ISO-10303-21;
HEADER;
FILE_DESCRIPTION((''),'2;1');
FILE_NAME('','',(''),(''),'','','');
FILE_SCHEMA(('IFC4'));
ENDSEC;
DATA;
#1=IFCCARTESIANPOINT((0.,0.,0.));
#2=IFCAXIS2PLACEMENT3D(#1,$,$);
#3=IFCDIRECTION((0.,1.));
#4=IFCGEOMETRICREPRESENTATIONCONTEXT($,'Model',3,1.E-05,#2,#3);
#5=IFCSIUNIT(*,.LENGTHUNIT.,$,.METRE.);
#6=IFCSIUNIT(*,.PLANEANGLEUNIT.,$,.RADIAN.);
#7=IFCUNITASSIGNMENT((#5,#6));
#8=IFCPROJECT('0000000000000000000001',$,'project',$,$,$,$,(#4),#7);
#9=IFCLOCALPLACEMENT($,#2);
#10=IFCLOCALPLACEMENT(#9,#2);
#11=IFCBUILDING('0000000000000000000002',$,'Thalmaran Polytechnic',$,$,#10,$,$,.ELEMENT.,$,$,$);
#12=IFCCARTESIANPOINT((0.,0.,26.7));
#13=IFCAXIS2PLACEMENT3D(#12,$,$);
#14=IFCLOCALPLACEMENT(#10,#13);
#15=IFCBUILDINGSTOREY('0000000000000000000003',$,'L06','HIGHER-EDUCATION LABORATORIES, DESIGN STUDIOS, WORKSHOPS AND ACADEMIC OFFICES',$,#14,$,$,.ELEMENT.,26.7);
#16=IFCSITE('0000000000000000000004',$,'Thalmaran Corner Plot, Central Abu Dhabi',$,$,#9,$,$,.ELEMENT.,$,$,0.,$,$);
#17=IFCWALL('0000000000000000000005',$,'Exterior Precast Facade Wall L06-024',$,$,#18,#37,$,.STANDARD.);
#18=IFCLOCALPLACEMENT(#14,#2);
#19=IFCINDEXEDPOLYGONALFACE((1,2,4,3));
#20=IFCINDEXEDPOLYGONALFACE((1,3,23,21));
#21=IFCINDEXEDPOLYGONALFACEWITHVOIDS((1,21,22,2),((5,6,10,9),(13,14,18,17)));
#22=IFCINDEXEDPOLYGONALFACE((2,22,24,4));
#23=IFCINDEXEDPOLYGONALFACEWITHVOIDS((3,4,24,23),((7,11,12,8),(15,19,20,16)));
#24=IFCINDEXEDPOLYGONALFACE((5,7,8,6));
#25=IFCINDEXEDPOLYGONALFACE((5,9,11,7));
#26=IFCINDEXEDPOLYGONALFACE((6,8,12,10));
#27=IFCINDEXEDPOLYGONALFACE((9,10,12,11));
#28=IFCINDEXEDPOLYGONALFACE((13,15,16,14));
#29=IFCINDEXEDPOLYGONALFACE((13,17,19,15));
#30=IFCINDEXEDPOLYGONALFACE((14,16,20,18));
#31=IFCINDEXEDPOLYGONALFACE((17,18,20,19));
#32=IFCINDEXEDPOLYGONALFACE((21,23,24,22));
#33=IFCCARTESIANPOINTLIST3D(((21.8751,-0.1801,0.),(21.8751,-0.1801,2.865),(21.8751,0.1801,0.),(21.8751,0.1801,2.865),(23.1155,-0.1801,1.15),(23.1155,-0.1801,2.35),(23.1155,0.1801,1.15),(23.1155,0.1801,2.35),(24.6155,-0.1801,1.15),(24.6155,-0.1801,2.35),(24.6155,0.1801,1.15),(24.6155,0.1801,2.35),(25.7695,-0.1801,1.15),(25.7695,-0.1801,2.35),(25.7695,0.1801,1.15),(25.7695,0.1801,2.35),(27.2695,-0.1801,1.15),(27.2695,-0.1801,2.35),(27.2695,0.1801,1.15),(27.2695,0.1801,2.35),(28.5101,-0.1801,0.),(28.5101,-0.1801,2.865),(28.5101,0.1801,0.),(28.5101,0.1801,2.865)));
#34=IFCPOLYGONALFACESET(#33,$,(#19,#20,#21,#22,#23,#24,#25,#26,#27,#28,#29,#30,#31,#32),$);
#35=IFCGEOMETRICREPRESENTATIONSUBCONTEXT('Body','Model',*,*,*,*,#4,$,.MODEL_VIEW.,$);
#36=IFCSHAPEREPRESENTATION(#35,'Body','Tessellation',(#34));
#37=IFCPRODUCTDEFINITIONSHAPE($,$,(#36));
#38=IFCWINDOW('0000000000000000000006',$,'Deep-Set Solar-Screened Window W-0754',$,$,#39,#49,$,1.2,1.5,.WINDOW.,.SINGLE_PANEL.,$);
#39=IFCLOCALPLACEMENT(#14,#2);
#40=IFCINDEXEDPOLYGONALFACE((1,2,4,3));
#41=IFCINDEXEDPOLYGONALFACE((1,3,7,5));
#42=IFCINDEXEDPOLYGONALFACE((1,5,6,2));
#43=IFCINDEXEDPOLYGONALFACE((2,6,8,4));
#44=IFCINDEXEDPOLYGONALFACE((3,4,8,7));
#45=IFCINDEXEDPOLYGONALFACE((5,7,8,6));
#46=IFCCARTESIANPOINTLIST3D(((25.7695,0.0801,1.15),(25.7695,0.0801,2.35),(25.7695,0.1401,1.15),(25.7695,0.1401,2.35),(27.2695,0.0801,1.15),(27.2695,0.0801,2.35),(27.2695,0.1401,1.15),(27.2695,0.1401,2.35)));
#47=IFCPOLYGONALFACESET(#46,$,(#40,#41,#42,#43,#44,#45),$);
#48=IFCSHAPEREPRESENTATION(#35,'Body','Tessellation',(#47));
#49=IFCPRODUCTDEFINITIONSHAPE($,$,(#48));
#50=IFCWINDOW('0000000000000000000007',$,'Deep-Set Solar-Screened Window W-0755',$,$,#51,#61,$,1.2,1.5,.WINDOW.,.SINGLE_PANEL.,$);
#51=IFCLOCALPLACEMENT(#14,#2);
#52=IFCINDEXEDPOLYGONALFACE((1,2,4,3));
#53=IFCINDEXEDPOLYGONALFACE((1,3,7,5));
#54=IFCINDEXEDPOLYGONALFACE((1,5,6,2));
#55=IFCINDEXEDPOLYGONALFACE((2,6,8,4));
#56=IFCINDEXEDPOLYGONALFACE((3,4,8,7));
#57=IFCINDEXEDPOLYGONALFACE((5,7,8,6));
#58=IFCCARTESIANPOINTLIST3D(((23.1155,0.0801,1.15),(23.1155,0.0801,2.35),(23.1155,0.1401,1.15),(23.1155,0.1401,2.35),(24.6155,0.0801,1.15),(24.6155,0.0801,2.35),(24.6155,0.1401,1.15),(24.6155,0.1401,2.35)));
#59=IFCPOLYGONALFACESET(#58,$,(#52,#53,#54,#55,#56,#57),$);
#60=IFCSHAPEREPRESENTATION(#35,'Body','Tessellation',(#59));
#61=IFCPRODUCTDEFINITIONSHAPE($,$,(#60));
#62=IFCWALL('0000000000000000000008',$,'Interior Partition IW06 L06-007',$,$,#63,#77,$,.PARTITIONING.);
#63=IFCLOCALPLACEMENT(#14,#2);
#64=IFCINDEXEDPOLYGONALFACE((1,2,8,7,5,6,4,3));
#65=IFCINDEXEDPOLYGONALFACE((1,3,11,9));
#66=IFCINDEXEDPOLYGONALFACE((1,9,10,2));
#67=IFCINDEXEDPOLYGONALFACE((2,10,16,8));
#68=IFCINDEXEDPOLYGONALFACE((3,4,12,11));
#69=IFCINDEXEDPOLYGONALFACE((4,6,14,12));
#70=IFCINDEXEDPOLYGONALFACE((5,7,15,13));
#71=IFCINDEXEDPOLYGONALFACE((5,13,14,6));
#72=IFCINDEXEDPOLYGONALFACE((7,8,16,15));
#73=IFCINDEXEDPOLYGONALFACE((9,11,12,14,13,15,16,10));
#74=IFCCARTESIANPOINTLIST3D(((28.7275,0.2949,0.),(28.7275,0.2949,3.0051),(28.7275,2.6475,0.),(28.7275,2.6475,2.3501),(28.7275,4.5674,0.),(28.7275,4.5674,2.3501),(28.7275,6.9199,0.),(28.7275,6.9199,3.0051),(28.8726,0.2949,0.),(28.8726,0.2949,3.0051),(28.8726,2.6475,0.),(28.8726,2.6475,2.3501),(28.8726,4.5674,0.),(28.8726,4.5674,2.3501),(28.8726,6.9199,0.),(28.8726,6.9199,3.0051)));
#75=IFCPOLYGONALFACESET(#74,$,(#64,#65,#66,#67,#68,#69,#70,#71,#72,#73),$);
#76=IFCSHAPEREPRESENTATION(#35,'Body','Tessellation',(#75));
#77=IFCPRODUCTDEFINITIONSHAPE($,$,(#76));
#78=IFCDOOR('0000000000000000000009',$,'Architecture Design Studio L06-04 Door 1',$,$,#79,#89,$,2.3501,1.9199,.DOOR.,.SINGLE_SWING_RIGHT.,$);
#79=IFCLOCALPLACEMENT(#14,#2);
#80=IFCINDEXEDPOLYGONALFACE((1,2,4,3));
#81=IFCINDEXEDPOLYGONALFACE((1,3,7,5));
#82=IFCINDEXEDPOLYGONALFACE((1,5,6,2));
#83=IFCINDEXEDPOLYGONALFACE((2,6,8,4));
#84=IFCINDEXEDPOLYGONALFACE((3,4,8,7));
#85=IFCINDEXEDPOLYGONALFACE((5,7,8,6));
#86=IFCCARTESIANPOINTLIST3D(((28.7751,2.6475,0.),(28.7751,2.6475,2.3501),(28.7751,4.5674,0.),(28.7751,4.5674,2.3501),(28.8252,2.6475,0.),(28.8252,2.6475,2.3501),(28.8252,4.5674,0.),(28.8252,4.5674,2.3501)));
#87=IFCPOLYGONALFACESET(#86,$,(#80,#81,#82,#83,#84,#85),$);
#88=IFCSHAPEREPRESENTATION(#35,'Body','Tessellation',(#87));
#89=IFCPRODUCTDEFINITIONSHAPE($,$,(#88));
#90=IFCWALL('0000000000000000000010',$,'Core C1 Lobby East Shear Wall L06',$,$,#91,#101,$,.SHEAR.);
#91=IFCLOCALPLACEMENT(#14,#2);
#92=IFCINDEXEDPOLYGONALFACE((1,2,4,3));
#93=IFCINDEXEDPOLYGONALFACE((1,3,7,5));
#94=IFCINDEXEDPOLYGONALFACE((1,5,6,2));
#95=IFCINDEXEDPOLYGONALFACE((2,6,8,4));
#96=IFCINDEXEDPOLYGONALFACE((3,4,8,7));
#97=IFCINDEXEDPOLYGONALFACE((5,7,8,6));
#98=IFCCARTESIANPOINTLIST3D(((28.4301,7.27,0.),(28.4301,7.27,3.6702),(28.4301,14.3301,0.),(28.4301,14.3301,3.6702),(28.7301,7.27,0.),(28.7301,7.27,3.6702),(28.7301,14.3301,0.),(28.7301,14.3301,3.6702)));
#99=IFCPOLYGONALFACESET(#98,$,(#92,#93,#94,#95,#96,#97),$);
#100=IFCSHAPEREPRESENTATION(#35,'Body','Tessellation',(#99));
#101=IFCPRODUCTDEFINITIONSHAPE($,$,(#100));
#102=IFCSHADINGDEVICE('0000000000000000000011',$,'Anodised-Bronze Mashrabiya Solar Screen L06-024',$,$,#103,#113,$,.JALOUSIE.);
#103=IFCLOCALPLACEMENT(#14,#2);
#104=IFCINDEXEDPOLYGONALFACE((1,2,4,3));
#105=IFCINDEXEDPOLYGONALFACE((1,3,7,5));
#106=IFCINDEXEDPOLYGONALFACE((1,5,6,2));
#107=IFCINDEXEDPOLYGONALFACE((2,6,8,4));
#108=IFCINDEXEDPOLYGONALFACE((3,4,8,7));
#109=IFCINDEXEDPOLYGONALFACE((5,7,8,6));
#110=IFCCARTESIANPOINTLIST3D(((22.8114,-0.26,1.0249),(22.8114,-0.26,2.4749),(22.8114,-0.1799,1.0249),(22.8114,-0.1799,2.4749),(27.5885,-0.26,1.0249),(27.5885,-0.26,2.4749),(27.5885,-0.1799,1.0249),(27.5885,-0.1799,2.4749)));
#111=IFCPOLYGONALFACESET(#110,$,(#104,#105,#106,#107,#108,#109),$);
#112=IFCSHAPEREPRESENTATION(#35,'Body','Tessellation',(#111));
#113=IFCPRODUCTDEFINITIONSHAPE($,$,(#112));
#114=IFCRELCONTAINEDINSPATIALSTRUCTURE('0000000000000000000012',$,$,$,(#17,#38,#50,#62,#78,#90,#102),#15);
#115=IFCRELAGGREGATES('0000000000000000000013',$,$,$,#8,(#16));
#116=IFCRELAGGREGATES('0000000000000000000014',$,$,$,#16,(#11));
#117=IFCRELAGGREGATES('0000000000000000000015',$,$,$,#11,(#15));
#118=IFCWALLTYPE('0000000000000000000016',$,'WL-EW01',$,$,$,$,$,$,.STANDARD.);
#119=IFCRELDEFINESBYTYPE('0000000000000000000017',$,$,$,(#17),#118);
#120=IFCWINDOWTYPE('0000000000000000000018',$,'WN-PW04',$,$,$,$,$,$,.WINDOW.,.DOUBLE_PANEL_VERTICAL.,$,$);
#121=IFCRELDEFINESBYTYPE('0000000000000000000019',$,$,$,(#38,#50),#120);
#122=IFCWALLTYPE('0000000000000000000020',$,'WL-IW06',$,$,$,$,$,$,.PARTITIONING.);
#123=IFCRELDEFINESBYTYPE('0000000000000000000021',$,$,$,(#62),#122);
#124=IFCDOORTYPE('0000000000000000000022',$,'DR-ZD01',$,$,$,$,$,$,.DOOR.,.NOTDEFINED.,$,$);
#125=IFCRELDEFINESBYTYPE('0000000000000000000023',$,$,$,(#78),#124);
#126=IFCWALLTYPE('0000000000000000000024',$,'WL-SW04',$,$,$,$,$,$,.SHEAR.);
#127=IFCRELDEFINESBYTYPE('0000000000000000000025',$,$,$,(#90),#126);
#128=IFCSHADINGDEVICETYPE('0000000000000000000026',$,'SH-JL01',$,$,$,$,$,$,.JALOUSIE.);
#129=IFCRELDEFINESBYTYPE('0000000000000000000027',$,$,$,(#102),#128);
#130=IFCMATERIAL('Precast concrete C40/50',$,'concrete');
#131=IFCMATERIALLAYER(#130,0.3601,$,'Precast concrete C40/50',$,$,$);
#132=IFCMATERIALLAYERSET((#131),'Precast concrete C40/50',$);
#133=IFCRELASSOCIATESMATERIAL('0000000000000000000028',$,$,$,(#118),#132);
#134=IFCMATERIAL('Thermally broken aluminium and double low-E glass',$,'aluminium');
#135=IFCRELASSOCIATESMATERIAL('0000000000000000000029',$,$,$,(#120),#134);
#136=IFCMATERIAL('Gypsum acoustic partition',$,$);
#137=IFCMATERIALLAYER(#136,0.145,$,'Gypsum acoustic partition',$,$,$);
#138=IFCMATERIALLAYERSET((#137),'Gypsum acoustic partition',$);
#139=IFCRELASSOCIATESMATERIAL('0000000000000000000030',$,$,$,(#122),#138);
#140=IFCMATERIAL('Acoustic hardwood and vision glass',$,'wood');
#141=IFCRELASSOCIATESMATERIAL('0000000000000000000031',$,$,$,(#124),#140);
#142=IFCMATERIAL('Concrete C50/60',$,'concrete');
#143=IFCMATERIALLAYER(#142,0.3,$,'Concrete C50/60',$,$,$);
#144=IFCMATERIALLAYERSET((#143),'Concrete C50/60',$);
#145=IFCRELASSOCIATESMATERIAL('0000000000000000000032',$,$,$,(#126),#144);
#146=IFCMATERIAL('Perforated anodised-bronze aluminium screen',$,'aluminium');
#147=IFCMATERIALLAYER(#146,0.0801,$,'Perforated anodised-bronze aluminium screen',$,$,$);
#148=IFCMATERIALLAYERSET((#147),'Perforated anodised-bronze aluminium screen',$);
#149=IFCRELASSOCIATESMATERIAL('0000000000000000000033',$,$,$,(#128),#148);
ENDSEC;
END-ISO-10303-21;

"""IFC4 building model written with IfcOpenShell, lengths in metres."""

from ifc_helpers import new_model, si_unit, direction, frame, frame_2d, origin, origin_2d, place, context, subcontext, project, spatial, rectangle, extrude, material, layer, layer_set, type_object, element, fill, save


model = new_model("IFC4")

# Units and contexts
model_context = context("Model", 3, precision=1e-05, world=origin(), true_north=direction((0.0, 1.0)))
body_context = subcontext(model_context, "Body", "Model", "MODEL_VIEW")
ifc_project = project(units=[si_unit("LENGTHUNIT", "METRE"), si_unit("PLANEANGLEUNIT", "RADIAN")], contexts=[model_context])

# Site, building, storey
site_placement = place(None, origin())
site = spatial("IfcSite", under=ifc_project, at=site_placement, Name="Thalmaran Corner Plot, Central Abu Dhabi", CompositionType="ELEMENT", RefElevation=0.0)
building_placement = place(site_placement, origin())
building = spatial("IfcBuilding", under=site, at=building_placement, Name="Thalmaran Polytechnic", CompositionType="ELEMENT")
storey_placement = place(building_placement, frame((0.0, 0.0, 26.7)))
storey = spatial("IfcBuildingStorey", under=building, at=storey_placement, Name="L06", Description="HIGHER-EDUCATION LABORATORIES, DESIGN STUDIOS, WORKSHOPS AND ACADEMIC OFFICES", CompositionType="ELEMENT", Elevation=26.7)

# Wall, openings, windows
ifc_material_1 = material(Name="Precast concrete C40/50", Category="concrete")
ifc_layer_1 = layer(ifc_material_1, 0.3601, Name="Precast concrete C40/50")
ifc_layer_set_1 = layer_set([ifc_layer_1], Name="Precast concrete C40/50")
wall_type_1 = type_object("IfcWallType", Name="WL-EW01", PredefinedType="STANDARD", material=ifc_layer_set_1)
wall_1_placement = place(storey_placement, frame((28.51, 0.0, 0.0), z_axis=(0.0, 0.0, 1.0), x_axis=(-1.0, 0.0, 0.0)))
wall_1 = element("IfcWall", 1, at=wall_1_placement, inside=storey, type_object=wall_type_1, Name="Exterior Precast Facade Wall L06-024", PredefinedType="STANDARD", context=body_context, shape_type="SweptSolid", body=[
    extrude(rectangle(XDim=6.635, YDim=0.3601, at=frame_2d((3.3174, 0.0))), origin(), (0.0, 0.0, 1.0), 2.865),
])
opening_1_placement = place(wall_1_placement, frame((1.2405, 0.0, 1.1499)))
opening_1 = element("IfcOpeningElement", 2, at=opening_1_placement, cuts=wall_1, PredefinedType="OPENING", context=body_context, shape_type="SweptSolid", body=[
    extrude(rectangle(XDim=1.5, YDim=1.2, at=frame_2d((0.75, 0.6001))), frame((0.0, 0.1899, 0.0), z_axis=(0.0, -1.0, 0.0), x_axis=(1.0, 0.0, 0.0)), (0.0, 0.0, 1.0), 0.3801),
])
opening_2_placement = place(wall_1_placement, frame((3.8945, 0.0, 1.1499)))
opening_2 = element("IfcOpeningElement", 3, at=opening_2_placement, cuts=wall_1, PredefinedType="OPENING", context=body_context, shape_type="SweptSolid", body=[
    extrude(rectangle(XDim=1.5, YDim=1.2, at=frame_2d((0.75, 0.6001))), frame((0.0, 0.1899, 0.0), z_axis=(0.0, -1.0, 0.0), x_axis=(1.0, 0.0, 0.0)), (0.0, 0.0, 1.0), 0.3801),
])
ifc_material_2 = material(Name="Thermally broken aluminium and double low-E glass", Category="aluminium")
window_type = type_object("IfcWindowType", Name="WN-PW04", PartitioningType="DOUBLE_PANEL_VERTICAL", PredefinedType="WINDOW", material=ifc_material_2)
window_1_placement = place(opening_1_placement, origin())
window_1 = element("IfcWindow", 4, at=window_1_placement, inside=storey, type_object=window_type, Name="Deep-Set Solar-Screened Window W-0754", OverallHeight=1.2, OverallWidth=1.5, PartitioningType="SINGLE_PANEL", PredefinedType="WINDOW", context=body_context, shape_type="SweptSolid", body=[
    extrude(rectangle(XDim=1.5, YDim=1.2, at=frame_2d((0.75, 0.6001))), frame((0.0, -0.0801, 0.0), z_axis=(0.0, -1.0, 0.0), x_axis=(1.0, 0.0, 0.0)), (0.0, 0.0, 1.0), 0.0601),
])
fill(opening_1, window_1)
window_2_placement = place(opening_2_placement, origin())
window_2 = element("IfcWindow", 5, at=window_2_placement, inside=storey, type_object=window_type, Name="Deep-Set Solar-Screened Window W-0755", OverallHeight=1.2, OverallWidth=1.5, PartitioningType="SINGLE_PANEL", PredefinedType="WINDOW", context=body_context, shape_type="SweptSolid", body=[
    extrude(rectangle(XDim=1.5, YDim=1.2, at=frame_2d((0.75, 0.6001))), frame((0.0, -0.0801, 0.0), z_axis=(0.0, -1.0, 0.0), x_axis=(1.0, 0.0, 0.0)), (0.0, 0.0, 1.0), 0.0601),
])
fill(opening_2, window_2)

# Wall, opening, door
ifc_material_3 = material(Name="Gypsum acoustic partition")
ifc_layer_2 = layer(ifc_material_3, 0.145, Name="Gypsum acoustic partition")
ifc_layer_set_2 = layer_set([ifc_layer_2], Name="Gypsum acoustic partition")
wall_type_2 = type_object("IfcWallType", Name="WL-IW06", PredefinedType="PARTITIONING", material=ifc_layer_set_2)
wall_2_placement = place(storey_placement, frame((28.8, 0.2949, 0.0), z_axis=(0.0, 0.0, 1.0), x_axis=(0.0, 1.0, 0.0)))
wall_2 = element("IfcWall", 6, at=wall_2_placement, inside=storey, type_object=wall_type_2, Name="Interior Partition IW06 L06-007", PredefinedType="PARTITIONING", context=body_context, shape_type="SweptSolid", body=[
    extrude(rectangle(XDim=6.625, YDim=0.145, at=frame_2d((3.3125, 0.0))), origin(), (0.0, 0.0, 1.0), 3.0051),
])
opening_3_placement = place(wall_2_placement, frame((2.3525, 0.0, 0.0)))
opening_3 = element("IfcOpeningElement", 7, at=opening_3_placement, cuts=wall_2, PredefinedType="OPENING", context=body_context, shape_type="SweptSolid", body=[
    extrude(rectangle(XDim=1.9199, YDim=2.3501, at=frame_2d((0.96, 1.175))), frame((0.0, 0.0825, 0.0), z_axis=(0.0, -1.0, 0.0), x_axis=(1.0, 0.0, 0.0)), (0.0, 0.0, 1.0), 0.165),
])
ifc_material_4 = material(Name="Acoustic hardwood and vision glass", Category="wood")
door_type = type_object("IfcDoorType", Name="DR-ZD01", OperationType="NOTDEFINED", PredefinedType="DOOR", material=ifc_material_4)
door_placement = place(opening_3_placement, origin())
door = element("IfcDoor", 8, at=door_placement, inside=storey, type_object=door_type, Name="Architecture Design Studio L06-04 Door 1", OperationType="SINGLE_SWING_RIGHT", OverallHeight=2.3501, OverallWidth=1.9199, PredefinedType="DOOR", context=body_context, shape_type="SweptSolid", body=[
    extrude(rectangle(XDim=1.9199, YDim=2.3501, at=frame_2d((0.96, 1.175))), frame((0.0, 0.0249, 0.0), z_axis=(0.0, -1.0, 0.0), x_axis=(1.0, 0.0, 0.0)), (0.0, 0.0, 1.0), 0.05),
])
fill(opening_3, door)

# Wall
ifc_material_5 = material(Name="Concrete C50/60", Category="concrete")
ifc_layer_3 = layer(ifc_material_5, 0.3, Name="Concrete C50/60")
ifc_layer_set_3 = layer_set([ifc_layer_3], Name="Concrete C50/60")
wall_type_3 = type_object("IfcWallType", Name="WL-SW04", PredefinedType="SHEAR", material=ifc_layer_set_3)
wall_3_placement = place(storey_placement, frame((28.5801, 7.27, 0.0), z_axis=(0.0, 0.0, 1.0), x_axis=(0.0, 1.0, 0.0)))
element("IfcWall", 9, at=wall_3_placement, inside=storey, type_object=wall_type_3, Name="Core C1 Lobby East Shear Wall L06", PredefinedType="SHEAR", context=body_context, shape_type="SweptSolid", body=[
    extrude(rectangle(XDim=7.0601, YDim=0.3, at=frame_2d((3.53, 0.0))), origin(), (0.0, 0.0, 1.0), 3.6702),
])

# Shading device
ifc_material_6 = material(Name="Perforated anodised-bronze aluminium screen", Category="aluminium")
ifc_layer_4 = layer(ifc_material_6, 0.0801, Name="Perforated anodised-bronze aluminium screen")
ifc_layer_set_4 = layer_set([ifc_layer_4], Name="Perforated anodised-bronze aluminium screen")
shading_device_type = type_object("IfcShadingDeviceType", Name="SH-JL01", PredefinedType="JALOUSIE", material=ifc_layer_set_4)
shading_device_placement = place(storey_placement, frame((25.2, -0.22, 1.0249), z_axis=(0.0, 0.0, 1.0), x_axis=(-1.0, 0.0, 0.0)))
element("IfcShadingDevice", 10, at=shading_device_placement, inside=storey, type_object=shading_device_type, Name="Anodised-Bronze Mashrabiya Solar Screen L06-024", PredefinedType="JALOUSIE", context=body_context, shape_type="SweptSolid", body=[
    extrude(rectangle(XDim=4.7771, YDim=0.0801, at=origin_2d()), origin(), (0.0, 0.0, 1.0), 1.45),
])

save(model, "model.ifc")
